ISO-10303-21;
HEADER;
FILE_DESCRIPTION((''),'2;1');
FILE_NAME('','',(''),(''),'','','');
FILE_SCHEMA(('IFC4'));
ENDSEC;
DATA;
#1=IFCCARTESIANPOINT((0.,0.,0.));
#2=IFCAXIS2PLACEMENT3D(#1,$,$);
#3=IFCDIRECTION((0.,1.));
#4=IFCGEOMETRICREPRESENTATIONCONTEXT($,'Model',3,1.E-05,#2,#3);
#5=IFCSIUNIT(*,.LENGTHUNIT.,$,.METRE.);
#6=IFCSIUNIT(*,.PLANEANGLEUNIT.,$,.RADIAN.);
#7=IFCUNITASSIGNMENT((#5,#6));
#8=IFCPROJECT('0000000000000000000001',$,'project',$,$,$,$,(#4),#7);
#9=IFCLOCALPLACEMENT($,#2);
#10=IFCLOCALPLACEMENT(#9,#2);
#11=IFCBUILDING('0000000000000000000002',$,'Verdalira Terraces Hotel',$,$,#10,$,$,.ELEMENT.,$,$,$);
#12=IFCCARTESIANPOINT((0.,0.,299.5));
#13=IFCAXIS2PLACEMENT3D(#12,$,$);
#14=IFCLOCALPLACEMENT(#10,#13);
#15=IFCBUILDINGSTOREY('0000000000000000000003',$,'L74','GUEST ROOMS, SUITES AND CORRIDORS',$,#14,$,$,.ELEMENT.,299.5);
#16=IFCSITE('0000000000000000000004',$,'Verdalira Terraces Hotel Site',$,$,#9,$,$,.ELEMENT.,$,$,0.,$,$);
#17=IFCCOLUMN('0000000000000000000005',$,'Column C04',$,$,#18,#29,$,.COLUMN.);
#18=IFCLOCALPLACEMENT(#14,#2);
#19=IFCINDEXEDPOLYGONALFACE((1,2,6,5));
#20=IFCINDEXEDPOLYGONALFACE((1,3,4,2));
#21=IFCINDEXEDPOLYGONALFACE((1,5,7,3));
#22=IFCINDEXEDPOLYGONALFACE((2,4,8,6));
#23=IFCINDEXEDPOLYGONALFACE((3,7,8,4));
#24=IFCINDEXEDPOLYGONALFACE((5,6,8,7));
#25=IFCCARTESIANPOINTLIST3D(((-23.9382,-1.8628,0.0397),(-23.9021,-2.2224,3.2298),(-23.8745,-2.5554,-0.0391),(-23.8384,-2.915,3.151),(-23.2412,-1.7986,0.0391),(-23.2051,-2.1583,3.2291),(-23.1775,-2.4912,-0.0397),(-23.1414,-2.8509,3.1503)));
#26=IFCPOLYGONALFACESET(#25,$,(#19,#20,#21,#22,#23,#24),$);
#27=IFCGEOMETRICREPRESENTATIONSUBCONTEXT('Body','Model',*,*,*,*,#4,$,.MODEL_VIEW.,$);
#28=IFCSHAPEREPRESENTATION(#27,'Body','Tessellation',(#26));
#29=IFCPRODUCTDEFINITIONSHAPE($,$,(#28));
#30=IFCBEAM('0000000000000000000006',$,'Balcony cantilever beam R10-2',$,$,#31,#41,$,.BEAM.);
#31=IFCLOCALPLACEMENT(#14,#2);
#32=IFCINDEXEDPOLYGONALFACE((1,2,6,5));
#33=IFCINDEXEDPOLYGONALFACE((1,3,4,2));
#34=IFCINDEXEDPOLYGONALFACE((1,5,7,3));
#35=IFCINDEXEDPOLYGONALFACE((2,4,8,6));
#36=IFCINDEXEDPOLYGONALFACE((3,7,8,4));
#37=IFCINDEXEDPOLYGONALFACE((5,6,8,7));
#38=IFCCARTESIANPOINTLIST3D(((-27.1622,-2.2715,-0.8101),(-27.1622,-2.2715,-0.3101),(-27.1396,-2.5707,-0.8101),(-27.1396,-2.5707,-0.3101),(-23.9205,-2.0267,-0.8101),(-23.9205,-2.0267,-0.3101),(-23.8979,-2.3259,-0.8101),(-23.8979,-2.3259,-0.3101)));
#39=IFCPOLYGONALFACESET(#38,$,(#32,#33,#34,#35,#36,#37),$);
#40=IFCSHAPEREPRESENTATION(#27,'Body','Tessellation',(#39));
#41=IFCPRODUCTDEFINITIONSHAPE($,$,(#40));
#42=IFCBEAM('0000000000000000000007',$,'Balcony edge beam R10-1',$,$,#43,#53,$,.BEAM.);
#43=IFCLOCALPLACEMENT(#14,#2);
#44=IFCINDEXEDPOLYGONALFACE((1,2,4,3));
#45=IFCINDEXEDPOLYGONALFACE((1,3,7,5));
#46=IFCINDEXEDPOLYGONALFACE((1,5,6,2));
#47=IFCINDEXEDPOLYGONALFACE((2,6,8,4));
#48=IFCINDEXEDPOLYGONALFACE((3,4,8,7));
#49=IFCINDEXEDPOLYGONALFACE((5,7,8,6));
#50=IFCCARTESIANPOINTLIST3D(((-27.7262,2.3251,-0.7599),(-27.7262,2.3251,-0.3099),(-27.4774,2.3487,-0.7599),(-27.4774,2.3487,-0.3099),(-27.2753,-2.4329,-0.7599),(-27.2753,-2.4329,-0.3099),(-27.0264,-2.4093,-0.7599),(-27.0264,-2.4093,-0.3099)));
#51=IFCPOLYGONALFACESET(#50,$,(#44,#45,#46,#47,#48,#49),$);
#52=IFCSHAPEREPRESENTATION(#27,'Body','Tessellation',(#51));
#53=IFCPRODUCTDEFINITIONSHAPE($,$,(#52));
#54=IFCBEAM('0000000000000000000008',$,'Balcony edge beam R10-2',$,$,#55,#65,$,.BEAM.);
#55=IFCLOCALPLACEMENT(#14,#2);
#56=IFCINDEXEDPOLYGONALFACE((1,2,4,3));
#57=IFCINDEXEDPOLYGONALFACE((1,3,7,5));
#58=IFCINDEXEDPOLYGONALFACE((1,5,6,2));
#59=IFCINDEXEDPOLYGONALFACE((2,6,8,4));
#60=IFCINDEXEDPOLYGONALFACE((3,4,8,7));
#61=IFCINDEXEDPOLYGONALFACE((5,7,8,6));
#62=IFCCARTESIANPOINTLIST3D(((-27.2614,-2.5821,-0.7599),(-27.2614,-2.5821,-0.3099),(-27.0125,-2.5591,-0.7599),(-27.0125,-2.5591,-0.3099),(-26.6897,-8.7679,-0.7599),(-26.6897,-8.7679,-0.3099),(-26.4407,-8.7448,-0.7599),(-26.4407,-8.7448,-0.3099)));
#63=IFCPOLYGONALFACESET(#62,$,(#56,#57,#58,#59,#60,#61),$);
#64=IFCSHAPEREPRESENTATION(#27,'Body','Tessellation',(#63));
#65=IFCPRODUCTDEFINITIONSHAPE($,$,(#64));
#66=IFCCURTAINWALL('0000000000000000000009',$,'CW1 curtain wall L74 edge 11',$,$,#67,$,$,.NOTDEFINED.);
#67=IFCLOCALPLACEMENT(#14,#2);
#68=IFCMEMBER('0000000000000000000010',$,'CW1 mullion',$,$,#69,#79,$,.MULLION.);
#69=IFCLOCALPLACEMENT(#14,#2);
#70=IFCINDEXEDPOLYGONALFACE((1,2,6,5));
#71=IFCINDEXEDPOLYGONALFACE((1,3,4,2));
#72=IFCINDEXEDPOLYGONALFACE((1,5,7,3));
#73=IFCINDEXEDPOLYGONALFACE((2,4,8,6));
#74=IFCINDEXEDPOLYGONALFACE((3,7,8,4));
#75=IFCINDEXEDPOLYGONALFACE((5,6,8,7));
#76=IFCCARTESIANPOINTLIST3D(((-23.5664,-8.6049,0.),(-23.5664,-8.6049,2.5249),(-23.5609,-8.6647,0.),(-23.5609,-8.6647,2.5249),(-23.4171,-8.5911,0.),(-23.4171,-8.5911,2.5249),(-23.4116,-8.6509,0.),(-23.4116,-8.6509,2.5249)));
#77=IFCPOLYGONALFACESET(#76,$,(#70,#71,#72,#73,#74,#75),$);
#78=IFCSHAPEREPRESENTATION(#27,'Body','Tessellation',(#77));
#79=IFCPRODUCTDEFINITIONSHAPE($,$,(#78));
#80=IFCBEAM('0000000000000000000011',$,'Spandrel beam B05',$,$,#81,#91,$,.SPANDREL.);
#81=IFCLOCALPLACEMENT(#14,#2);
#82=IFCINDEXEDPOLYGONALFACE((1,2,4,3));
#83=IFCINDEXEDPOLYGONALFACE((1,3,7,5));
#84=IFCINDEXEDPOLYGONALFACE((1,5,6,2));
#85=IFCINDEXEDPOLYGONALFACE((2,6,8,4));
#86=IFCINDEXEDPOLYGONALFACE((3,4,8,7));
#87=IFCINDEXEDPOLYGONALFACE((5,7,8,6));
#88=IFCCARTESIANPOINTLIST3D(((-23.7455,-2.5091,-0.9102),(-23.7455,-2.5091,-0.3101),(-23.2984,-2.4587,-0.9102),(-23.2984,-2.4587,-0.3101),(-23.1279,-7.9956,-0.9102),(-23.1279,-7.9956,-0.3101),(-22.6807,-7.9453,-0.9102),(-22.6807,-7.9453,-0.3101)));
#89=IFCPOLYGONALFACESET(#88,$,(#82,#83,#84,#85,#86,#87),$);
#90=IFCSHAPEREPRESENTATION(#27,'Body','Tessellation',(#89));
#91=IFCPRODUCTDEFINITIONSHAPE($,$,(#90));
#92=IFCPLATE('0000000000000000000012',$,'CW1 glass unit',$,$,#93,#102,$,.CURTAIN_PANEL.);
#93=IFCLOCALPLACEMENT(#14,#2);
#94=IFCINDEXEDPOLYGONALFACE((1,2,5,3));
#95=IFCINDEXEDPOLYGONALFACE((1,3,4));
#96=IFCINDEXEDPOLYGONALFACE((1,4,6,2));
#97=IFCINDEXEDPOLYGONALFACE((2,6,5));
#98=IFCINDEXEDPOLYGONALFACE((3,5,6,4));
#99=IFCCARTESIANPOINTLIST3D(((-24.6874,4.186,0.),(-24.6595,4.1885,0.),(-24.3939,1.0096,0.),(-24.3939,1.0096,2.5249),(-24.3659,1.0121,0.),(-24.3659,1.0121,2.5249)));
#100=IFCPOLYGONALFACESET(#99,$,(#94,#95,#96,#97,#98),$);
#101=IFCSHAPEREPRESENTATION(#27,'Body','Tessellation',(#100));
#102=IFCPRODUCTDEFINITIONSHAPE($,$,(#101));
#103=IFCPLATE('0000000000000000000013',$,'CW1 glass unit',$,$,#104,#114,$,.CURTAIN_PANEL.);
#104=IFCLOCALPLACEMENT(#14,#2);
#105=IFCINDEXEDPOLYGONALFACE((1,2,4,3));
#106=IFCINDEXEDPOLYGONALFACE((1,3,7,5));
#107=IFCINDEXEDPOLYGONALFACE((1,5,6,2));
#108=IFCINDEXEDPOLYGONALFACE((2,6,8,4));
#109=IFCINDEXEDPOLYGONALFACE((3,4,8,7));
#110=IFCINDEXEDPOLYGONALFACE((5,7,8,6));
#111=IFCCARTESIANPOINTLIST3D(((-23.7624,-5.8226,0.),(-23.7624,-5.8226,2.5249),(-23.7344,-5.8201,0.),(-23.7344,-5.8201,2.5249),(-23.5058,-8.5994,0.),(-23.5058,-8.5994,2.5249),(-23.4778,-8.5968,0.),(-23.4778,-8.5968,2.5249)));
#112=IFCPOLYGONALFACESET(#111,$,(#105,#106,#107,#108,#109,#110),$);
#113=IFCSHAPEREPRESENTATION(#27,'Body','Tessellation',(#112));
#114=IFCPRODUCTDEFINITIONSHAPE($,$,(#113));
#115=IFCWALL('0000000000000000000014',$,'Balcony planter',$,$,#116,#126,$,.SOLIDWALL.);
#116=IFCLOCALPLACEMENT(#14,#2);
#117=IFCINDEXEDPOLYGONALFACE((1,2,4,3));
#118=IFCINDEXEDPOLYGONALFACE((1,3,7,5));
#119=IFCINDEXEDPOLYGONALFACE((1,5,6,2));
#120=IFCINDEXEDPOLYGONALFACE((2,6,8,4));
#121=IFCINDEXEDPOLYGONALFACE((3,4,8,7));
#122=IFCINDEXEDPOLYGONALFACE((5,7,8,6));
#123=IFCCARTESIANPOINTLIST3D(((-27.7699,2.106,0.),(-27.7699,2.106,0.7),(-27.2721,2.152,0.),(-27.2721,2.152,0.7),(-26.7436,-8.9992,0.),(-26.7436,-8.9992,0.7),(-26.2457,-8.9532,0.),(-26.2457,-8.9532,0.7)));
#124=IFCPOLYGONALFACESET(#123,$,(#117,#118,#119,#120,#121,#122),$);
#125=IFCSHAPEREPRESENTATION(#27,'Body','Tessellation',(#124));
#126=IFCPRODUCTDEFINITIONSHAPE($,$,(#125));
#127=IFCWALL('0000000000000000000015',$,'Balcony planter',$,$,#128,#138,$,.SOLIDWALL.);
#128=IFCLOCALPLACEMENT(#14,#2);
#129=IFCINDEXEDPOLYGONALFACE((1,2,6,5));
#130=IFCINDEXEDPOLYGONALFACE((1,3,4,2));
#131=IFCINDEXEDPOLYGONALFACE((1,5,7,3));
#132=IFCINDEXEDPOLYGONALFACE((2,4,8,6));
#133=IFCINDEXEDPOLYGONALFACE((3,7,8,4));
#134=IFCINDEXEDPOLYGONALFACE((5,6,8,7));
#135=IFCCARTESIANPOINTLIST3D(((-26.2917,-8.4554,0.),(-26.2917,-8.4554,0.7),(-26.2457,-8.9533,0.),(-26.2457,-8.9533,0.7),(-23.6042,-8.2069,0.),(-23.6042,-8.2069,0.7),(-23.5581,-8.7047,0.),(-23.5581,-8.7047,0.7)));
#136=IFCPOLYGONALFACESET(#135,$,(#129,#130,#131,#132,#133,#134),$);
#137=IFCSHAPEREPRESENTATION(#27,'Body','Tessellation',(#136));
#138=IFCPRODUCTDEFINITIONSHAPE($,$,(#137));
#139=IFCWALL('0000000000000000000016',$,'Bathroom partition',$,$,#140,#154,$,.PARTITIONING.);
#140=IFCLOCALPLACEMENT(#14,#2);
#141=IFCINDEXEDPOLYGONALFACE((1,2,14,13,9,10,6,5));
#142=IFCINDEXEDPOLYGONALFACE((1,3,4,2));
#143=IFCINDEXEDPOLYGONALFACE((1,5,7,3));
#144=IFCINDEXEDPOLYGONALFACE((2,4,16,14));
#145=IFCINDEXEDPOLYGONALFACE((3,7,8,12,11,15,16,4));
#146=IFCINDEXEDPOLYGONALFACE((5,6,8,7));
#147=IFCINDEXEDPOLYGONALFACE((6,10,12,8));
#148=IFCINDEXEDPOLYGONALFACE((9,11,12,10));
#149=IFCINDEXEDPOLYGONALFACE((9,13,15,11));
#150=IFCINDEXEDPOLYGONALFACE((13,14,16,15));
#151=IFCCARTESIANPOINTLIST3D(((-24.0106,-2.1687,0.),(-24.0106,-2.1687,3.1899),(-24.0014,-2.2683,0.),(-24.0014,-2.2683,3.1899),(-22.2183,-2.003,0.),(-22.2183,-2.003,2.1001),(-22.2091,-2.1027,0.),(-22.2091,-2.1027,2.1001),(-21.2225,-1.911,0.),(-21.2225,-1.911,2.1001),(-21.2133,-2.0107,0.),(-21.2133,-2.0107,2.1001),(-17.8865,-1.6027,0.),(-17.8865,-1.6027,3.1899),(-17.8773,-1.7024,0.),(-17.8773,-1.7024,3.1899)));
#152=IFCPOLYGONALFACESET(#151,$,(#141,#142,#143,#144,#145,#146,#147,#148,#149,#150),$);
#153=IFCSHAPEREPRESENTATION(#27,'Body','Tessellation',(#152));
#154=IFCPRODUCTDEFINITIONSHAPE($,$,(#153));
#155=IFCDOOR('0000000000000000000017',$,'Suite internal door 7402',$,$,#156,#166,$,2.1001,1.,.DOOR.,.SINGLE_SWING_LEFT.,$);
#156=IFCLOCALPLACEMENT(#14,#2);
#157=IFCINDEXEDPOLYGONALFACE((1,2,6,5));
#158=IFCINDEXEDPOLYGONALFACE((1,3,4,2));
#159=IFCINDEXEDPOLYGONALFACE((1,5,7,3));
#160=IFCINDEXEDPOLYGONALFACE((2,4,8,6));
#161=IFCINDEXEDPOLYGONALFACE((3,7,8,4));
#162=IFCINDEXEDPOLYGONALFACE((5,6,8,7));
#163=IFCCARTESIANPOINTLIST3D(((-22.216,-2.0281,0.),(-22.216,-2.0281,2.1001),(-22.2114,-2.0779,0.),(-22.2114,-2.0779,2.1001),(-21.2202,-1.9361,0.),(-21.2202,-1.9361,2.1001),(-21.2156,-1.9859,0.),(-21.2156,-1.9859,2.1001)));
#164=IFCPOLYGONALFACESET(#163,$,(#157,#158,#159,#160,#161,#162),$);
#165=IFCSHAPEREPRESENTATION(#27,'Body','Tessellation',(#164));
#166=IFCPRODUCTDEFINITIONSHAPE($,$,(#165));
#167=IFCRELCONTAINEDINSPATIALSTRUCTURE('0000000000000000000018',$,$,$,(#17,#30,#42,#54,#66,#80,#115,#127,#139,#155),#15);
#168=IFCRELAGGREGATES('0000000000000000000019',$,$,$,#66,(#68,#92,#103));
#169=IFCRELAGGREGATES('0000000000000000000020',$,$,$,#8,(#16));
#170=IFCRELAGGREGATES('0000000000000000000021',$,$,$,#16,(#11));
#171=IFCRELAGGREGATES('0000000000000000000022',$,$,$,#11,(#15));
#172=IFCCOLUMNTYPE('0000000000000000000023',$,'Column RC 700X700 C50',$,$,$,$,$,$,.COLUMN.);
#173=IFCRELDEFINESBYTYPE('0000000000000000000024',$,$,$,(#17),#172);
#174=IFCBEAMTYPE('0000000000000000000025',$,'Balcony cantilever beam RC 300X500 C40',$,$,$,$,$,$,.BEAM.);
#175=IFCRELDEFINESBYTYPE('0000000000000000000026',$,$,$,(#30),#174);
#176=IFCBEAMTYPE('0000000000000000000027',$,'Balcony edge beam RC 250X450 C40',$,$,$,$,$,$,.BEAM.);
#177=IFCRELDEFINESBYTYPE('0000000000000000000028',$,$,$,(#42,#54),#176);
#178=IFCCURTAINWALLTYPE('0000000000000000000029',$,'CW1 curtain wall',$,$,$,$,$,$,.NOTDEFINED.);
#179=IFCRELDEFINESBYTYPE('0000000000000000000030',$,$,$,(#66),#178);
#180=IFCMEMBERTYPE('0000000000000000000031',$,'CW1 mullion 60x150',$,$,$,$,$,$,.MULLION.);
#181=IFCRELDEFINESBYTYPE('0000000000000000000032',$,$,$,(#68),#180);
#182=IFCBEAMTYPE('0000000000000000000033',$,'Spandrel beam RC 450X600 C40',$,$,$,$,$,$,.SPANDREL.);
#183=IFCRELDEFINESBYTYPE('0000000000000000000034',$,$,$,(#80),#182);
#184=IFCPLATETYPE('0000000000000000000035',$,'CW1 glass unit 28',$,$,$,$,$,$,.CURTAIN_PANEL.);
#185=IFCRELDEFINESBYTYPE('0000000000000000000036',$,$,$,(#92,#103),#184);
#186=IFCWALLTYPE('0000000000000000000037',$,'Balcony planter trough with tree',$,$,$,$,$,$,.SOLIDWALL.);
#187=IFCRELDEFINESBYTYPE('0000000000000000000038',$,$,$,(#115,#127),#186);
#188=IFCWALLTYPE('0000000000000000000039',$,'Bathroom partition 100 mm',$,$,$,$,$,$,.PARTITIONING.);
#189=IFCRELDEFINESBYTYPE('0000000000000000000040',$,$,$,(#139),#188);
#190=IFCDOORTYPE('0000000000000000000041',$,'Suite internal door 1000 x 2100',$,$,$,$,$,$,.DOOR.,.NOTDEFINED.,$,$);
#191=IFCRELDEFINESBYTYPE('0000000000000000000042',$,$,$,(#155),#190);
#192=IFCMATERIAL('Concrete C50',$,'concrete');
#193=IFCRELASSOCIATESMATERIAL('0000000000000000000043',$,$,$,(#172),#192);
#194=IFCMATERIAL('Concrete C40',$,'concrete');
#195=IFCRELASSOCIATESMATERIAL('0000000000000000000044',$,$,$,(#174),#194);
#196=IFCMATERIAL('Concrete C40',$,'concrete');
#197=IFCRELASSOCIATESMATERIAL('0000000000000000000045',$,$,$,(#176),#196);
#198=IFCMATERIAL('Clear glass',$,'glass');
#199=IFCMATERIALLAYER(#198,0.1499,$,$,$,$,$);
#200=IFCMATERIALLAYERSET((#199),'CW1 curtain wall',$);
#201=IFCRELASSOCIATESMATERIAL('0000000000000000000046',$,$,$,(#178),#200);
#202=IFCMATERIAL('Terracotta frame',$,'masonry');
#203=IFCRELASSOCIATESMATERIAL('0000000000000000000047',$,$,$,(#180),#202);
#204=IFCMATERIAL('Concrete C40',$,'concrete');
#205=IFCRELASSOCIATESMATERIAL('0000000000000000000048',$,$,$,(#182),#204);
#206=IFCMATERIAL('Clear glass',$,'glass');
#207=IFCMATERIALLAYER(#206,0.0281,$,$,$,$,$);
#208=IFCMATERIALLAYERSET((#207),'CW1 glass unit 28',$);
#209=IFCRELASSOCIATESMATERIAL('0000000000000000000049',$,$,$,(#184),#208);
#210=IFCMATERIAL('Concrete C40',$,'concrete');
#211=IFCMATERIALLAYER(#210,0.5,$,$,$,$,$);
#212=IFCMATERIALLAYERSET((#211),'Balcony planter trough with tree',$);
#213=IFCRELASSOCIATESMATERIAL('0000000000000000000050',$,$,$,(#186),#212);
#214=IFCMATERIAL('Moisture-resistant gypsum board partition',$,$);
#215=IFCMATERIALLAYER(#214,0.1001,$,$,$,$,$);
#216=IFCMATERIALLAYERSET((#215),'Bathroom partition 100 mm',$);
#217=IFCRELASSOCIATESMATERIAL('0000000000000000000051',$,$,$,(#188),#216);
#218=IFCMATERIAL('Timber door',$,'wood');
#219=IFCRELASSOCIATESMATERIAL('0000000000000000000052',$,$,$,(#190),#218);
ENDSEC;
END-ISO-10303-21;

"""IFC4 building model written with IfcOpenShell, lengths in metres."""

from ifc_helpers import new_model, si_unit, direction, frame, frame_2d, origin, origin_2d, place, context, subcontext, project, spatial, polyline, rectangle, outline, extrude, material, layer, layer_set, material_profile, profile_set, type_object, element, fill, aggregate, save


model = new_model("IFC4")

# Units and contexts
model_context = context("Model", 3, precision=1e-05, world=origin(), true_north=direction((0.0, 1.0)))
body_context = subcontext(model_context, "Body", "Model", "MODEL_VIEW")
ifc_project = project(units=[si_unit("LENGTHUNIT", "METRE"), si_unit("PLANEANGLEUNIT", "RADIAN")], contexts=[model_context])

# Site, building, storey
site_placement = place(None, origin())
site = spatial("IfcSite", under=ifc_project, at=site_placement, Name="Verdalira Terraces Hotel Site", CompositionType="ELEMENT", RefElevation=0.0)
building_placement = place(site_placement, origin())
building = spatial("IfcBuilding", under=site, at=building_placement, Name="Verdalira Terraces Hotel", CompositionType="ELEMENT")
storey_placement = place(building_placement, frame((0.0, 0.0, 299.5)))
storey = spatial("IfcBuildingStorey", under=building, at=storey_placement, Name="L74", Description="GUEST ROOMS, SUITES AND CORRIDORS", CompositionType="ELEMENT", Elevation=299.5)

# Column
ifc_material_1 = material(Name="Concrete C50", Category="concrete")
ifc_material_profile_1 = material_profile(ifc_material_1, rectangle(XDim=0.7, YDim=0.7, at=origin_2d()), Name="RC 700X700")
ifc_profile_set_1 = profile_set([ifc_material_profile_1], Name="Concrete C50")
column_type = type_object("IfcColumnType", Name="Column RC 700X700 C50", PredefinedType="COLUMN", material=ifc_profile_set_1)
column_placement = place(storey_placement, frame((-23.5579, -2.177, 0.0), z_axis=(0.011255, -0.112019, 0.993642), x_axis=(0.090943, -0.989472, -0.112579)))
element("IfcColumn", 1, at=column_placement, inside=storey, type_object=column_type, Name="Column C04", PredefinedType="COLUMN", context=body_context, shape_type="SweptSolid", body=[
    extrude(rectangle(XDim=0.7, YDim=0.7, at=origin_2d()), origin(), (0.0, 0.0, 1.0), 3.2104),
])

# Beams
ifc_material_2 = material(Name="Concrete C40", Category="concrete")
ifc_material_profile_2 = material_profile(ifc_material_2, rectangle(XDim=0.3, YDim=0.5, at=origin_2d()), Name="RC 300X500")
ifc_profile_set_2 = profile_set([ifc_material_profile_2], Name="Concrete C40")
beam_type_1 = type_object("IfcBeamType", Name="Balcony cantilever beam RC 300X500 C40", PredefinedType="BEAM", material=ifc_profile_set_2)
beam_1_placement = place(storey_placement, frame((-23.9092, -2.1763, -0.5601), z_axis=(-0.997159, -0.075324, 0.0), x_axis=(0.075324, -0.997159, 0.0)))
element("IfcBeam", 2, at=beam_1_placement, inside=storey, type_object=beam_type_1, Name="Balcony cantilever beam R10-2", PredefinedType="BEAM", context=body_context, shape_type="SweptSolid", body=[
    extrude(rectangle(XDim=0.3, YDim=0.5, at=origin_2d()), origin(), (0.0, 0.0, 1.0), 3.251),
])
ifc_material_3 = material(Name="Concrete C40", Category="concrete")
ifc_material_profile_3 = material_profile(ifc_material_3, rectangle(XDim=0.25, YDim=0.45, at=origin_2d()), Name="RC 250X450")
ifc_profile_set_3 = profile_set([ifc_material_profile_3], Name="Concrete C40")
beam_type_2 = type_object("IfcBeamType", Name="Balcony edge beam RC 250X450 C40", PredefinedType="BEAM", material=ifc_profile_set_3)
beam_2_placement = place(storey_placement, frame((-27.6018, 2.3369, -0.5349), z_axis=(0.094349, -0.995539, 0.0), x_axis=(0.995539, 0.094349, 0.0)))
element("IfcBeam", 3, at=beam_2_placement, inside=storey, type_object=beam_type_2, Name="Balcony edge beam R10-1", PredefinedType="BEAM", context=body_context, shape_type="SweptSolid", body=[
    extrude(rectangle(XDim=0.25, YDim=0.45, at=origin_2d()), origin(), (0.0, 0.0, 1.0), 4.7793),
])
beam_3_placement = place(storey_placement, frame((-27.137, -2.5706, -0.5349), z_axis=(0.092042, -0.995755, 0.0), x_axis=(0.995755, 0.092042, 0.0)))
element("IfcBeam", 4, at=beam_3_placement, inside=storey, type_object=beam_type_2, Name="Balcony edge beam R10-2", PredefinedType="BEAM", context=body_context, shape_type="SweptSolid", body=[
    extrude(rectangle(XDim=0.25, YDim=0.45, at=origin_2d()), origin(), (0.0, 0.0, 1.0), 6.2122),
])

# Curtain wall, member
ifc_material_4 = material(Name="Clear glass", Category="glass")
ifc_layer_1 = layer(ifc_material_4, 0.1499)
ifc_layer_set_1 = layer_set([ifc_layer_1], Name="CW1 curtain wall")
curtain_wall_type = type_object("IfcCurtainWallType", Name="CW1 curtain wall", PredefinedType="NOTDEFINED", material=ifc_layer_set_1)
curtain_wall_placement = place(storey_placement, origin())
curtain_wall = element("IfcCurtainWall", 5, at=curtain_wall_placement, inside=storey, type_object=curtain_wall_type, Name="CW1 curtain wall L74 edge 11", PredefinedType="NOTDEFINED")
ifc_material_5 = material(Name="Terracotta frame", Category="masonry")
ifc_material_profile_4 = material_profile(ifc_material_5, rectangle(XDim=0.0601, YDim=0.1499, at=origin_2d()), Name="MU 60x150")
ifc_profile_set_4 = profile_set([ifc_material_profile_4], Name="Terracotta frame")
member_type = type_object("IfcMemberType", Name="CW1 mullion 60x150", PredefinedType="MULLION", material=ifc_profile_set_4)
member_placement = place(storey_placement, frame((-23.489, -8.6279, 0.0), z_axis=(0.0, 0.0, 1.0), x_axis=(0.092023, -0.995757, 0.0)))
member = element("IfcMember", 6, at=member_placement, type_object=member_type, Name="CW1 mullion", PredefinedType="MULLION", context=body_context, shape_type="SweptSolid", body=[
    extrude(rectangle(XDim=0.0601, YDim=0.1499, at=origin_2d()), origin(), (0.0, 0.0, 1.0), 2.5249),
])

# Beam
ifc_material_6 = material(Name="Concrete C40", Category="concrete")
ifc_material_profile_5 = material_profile(ifc_material_6, rectangle(XDim=0.45, YDim=0.6001, at=origin_2d()), Name="RC 450X600")
ifc_profile_set_5 = profile_set([ifc_material_profile_5], Name="Concrete C40")
beam_type_3 = type_object("IfcBeamType", Name="Spandrel beam RC 450X600 C40", PredefinedType="SPANDREL", material=ifc_profile_set_5)
beam_4_placement = place(storey_placement, frame((-23.522, -2.4839, -0.6101), z_axis=(0.111873, -0.993723, 0.0), x_axis=(0.993723, 0.111873, 0.0)))
element("IfcBeam", 7, at=beam_4_placement, inside=storey, type_object=beam_type_3, Name="Spandrel beam B05", PredefinedType="SPANDREL", context=body_context, shape_type="SweptSolid", body=[
    extrude(rectangle(XDim=0.45, YDim=0.6001, at=origin_2d()), origin(), (0.0, 0.0, 1.0), 5.5212),
])

# Plates
ifc_material_7 = material(Name="Clear glass", Category="glass")
ifc_layer_2 = layer(ifc_material_7, 0.0281)
ifc_layer_set_2 = layer_set([ifc_layer_2], Name="CW1 glass unit 28")
plate_type = type_object("IfcPlateType", Name="CW1 glass unit 28", PredefinedType="CURTAIN_PANEL", material=ifc_layer_set_2)
plate_1_placement = place(storey_placement, frame((-24.5127, 2.6003, 1.2625), z_axis=(-0.995757, -0.092023, 0.0), x_axis=(0.092023, -0.995757, 0.0)))
plate_1 = element("IfcPlate", 8, at=plate_1_placement, type_object=plate_type, Name="CW1 glass unit", PredefinedType="CURTAIN_PANEL", context=body_context, shape_type="SweptSolid", body=[
    extrude(outline(polyline([(-1.595, -1.2625), (1.595, -1.2625), (1.595, 1.2625), (-1.595, -1.2625)])), origin(), (0.0, 0.0, 1.0), 0.0281),
])
plate_2_placement = place(storey_placement, frame((-23.6201, -7.2097, 0.0), z_axis=(0.0, 0.0, 1.0), x_axis=(0.092023, -0.995757, 0.0)))
plate_2 = element("IfcPlate", 9, at=plate_2_placement, type_object=plate_type, Name="CW1 glass unit", PredefinedType="CURTAIN_PANEL", context=body_context, shape_type="SweptSolid", body=[
    extrude(rectangle(XDim=2.7886, YDim=0.0281, at=origin_2d()), origin(), (0.0, 0.0, 1.0), 2.5249),
])
aggregate(curtain_wall, [member, plate_1, plate_2])

# Walls
ifc_material_8 = material(Name="Concrete C40", Category="concrete")
ifc_layer_3 = layer(ifc_material_8, 0.5)
ifc_layer_set_3 = layer_set([ifc_layer_3], Name="Balcony planter trough with tree")
wall_type_1 = type_object("IfcWallType", Name="Balcony planter trough with tree", PredefinedType="SOLIDWALL", material=ifc_layer_set_3)
wall_1_placement = place(storey_placement, frame((-27.521, 2.1289, 0.0), z_axis=(0.0, 0.0, 1.0), x_axis=(0.09203, -0.995756, 0.0)))
element("IfcWall", 10, at=wall_1_placement, inside=storey, type_object=wall_type_1, Name="Balcony planter", PredefinedType="SOLIDWALL", context=body_context, shape_type="SweptSolid", body=[
    extrude(rectangle(XDim=11.1526, YDim=0.5, at=frame_2d((5.5762, 0.0))), origin(), (0.0, 0.0, 1.0), 0.7),
])
wall_2_placement = place(storey_placement, frame((-26.2688, -8.7043, 0.0), z_axis=(0.0, 0.0, 1.0), x_axis=(0.995751, 0.092085, 0.0)))
element("IfcWall", 11, at=wall_2_placement, inside=storey, type_object=wall_type_1, Name="Balcony planter", PredefinedType="SOLIDWALL", context=body_context, shape_type="SweptSolid", body=[
    extrude(rectangle(XDim=2.699, YDim=0.5, at=frame_2d((1.3496, 0.0))), origin(), (0.0, 0.0, 1.0), 0.7),
])

# Wall, opening, door
ifc_material_9 = material(Name="Moisture-resistant gypsum board partition")
ifc_layer_4 = layer(ifc_material_9, 0.1001)
ifc_layer_set_4 = layer_set([ifc_layer_4], Name="Bathroom partition 100 mm")
wall_type_2 = type_object("IfcWallType", Name="Bathroom partition 100 mm", PredefinedType="PARTITIONING", material=ifc_layer_set_4)
wall_3_placement = place(storey_placement, frame((-24.0061, -2.2185, 0.0), z_axis=(0.0, 0.0, 1.0), x_axis=(0.995757, 0.092017, 0.0)))
wall_3 = element("IfcWall", 12, at=wall_3_placement, inside=storey, type_object=wall_type_2, Name="Bathroom partition", PredefinedType="PARTITIONING", context=body_context, shape_type="SweptSolid", body=[
    extrude(rectangle(XDim=6.1501, YDim=0.1001, at=frame_2d((3.0752, 0.0))), origin(), (0.0, 0.0, 1.0), 3.1899),
])
opening_1_placement = place(wall_3_placement, frame((1.8, 0.0, 0.0)))
opening_1 = element("IfcOpeningElement", 13, at=opening_1_placement, cuts=wall_3, PredefinedType="OPENING", context=body_context, shape_type="SweptSolid", body=[
    extrude(rectangle(XDim=1.0, YDim=2.1001, at=frame_2d((0.5, 1.05))), frame((0.0, 0.0601, 0.0), z_axis=(0.0, -1.0, 0.0), x_axis=(1.0, 0.0, 0.0)), (0.0, 0.0, 1.0), 0.1201),
])
ifc_material_10 = material(Name="Timber door", Category="wood")
door_type_1 = type_object("IfcDoorType", Name="Suite internal door 1000 x 2100", OperationType="NOTDEFINED", PredefinedType="DOOR", material=ifc_material_10)
door_1_placement = place(opening_1_placement, origin())
door_1 = element("IfcDoor", 14, at=door_1_placement, inside=storey, type_object=door_type_1, Name="Suite internal door 7402", OperationType="SINGLE_SWING_LEFT", OverallHeight=2.1001, OverallWidth=1.0, PredefinedType="DOOR", context=body_context, shape_type="SweptSolid", body=[
    extrude(rectangle(XDim=1.0, YDim=2.1001, at=frame_2d((0.5, 1.05))), frame((0.0, 0.0249, 0.0), z_axis=(0.0, -1.0, 0.0), x_axis=(1.0, 0.0, 0.0)), (0.0, 0.0, 1.0), 0.05),
])
fill(opening_1, door_1)

save(model, "model.ifc")
